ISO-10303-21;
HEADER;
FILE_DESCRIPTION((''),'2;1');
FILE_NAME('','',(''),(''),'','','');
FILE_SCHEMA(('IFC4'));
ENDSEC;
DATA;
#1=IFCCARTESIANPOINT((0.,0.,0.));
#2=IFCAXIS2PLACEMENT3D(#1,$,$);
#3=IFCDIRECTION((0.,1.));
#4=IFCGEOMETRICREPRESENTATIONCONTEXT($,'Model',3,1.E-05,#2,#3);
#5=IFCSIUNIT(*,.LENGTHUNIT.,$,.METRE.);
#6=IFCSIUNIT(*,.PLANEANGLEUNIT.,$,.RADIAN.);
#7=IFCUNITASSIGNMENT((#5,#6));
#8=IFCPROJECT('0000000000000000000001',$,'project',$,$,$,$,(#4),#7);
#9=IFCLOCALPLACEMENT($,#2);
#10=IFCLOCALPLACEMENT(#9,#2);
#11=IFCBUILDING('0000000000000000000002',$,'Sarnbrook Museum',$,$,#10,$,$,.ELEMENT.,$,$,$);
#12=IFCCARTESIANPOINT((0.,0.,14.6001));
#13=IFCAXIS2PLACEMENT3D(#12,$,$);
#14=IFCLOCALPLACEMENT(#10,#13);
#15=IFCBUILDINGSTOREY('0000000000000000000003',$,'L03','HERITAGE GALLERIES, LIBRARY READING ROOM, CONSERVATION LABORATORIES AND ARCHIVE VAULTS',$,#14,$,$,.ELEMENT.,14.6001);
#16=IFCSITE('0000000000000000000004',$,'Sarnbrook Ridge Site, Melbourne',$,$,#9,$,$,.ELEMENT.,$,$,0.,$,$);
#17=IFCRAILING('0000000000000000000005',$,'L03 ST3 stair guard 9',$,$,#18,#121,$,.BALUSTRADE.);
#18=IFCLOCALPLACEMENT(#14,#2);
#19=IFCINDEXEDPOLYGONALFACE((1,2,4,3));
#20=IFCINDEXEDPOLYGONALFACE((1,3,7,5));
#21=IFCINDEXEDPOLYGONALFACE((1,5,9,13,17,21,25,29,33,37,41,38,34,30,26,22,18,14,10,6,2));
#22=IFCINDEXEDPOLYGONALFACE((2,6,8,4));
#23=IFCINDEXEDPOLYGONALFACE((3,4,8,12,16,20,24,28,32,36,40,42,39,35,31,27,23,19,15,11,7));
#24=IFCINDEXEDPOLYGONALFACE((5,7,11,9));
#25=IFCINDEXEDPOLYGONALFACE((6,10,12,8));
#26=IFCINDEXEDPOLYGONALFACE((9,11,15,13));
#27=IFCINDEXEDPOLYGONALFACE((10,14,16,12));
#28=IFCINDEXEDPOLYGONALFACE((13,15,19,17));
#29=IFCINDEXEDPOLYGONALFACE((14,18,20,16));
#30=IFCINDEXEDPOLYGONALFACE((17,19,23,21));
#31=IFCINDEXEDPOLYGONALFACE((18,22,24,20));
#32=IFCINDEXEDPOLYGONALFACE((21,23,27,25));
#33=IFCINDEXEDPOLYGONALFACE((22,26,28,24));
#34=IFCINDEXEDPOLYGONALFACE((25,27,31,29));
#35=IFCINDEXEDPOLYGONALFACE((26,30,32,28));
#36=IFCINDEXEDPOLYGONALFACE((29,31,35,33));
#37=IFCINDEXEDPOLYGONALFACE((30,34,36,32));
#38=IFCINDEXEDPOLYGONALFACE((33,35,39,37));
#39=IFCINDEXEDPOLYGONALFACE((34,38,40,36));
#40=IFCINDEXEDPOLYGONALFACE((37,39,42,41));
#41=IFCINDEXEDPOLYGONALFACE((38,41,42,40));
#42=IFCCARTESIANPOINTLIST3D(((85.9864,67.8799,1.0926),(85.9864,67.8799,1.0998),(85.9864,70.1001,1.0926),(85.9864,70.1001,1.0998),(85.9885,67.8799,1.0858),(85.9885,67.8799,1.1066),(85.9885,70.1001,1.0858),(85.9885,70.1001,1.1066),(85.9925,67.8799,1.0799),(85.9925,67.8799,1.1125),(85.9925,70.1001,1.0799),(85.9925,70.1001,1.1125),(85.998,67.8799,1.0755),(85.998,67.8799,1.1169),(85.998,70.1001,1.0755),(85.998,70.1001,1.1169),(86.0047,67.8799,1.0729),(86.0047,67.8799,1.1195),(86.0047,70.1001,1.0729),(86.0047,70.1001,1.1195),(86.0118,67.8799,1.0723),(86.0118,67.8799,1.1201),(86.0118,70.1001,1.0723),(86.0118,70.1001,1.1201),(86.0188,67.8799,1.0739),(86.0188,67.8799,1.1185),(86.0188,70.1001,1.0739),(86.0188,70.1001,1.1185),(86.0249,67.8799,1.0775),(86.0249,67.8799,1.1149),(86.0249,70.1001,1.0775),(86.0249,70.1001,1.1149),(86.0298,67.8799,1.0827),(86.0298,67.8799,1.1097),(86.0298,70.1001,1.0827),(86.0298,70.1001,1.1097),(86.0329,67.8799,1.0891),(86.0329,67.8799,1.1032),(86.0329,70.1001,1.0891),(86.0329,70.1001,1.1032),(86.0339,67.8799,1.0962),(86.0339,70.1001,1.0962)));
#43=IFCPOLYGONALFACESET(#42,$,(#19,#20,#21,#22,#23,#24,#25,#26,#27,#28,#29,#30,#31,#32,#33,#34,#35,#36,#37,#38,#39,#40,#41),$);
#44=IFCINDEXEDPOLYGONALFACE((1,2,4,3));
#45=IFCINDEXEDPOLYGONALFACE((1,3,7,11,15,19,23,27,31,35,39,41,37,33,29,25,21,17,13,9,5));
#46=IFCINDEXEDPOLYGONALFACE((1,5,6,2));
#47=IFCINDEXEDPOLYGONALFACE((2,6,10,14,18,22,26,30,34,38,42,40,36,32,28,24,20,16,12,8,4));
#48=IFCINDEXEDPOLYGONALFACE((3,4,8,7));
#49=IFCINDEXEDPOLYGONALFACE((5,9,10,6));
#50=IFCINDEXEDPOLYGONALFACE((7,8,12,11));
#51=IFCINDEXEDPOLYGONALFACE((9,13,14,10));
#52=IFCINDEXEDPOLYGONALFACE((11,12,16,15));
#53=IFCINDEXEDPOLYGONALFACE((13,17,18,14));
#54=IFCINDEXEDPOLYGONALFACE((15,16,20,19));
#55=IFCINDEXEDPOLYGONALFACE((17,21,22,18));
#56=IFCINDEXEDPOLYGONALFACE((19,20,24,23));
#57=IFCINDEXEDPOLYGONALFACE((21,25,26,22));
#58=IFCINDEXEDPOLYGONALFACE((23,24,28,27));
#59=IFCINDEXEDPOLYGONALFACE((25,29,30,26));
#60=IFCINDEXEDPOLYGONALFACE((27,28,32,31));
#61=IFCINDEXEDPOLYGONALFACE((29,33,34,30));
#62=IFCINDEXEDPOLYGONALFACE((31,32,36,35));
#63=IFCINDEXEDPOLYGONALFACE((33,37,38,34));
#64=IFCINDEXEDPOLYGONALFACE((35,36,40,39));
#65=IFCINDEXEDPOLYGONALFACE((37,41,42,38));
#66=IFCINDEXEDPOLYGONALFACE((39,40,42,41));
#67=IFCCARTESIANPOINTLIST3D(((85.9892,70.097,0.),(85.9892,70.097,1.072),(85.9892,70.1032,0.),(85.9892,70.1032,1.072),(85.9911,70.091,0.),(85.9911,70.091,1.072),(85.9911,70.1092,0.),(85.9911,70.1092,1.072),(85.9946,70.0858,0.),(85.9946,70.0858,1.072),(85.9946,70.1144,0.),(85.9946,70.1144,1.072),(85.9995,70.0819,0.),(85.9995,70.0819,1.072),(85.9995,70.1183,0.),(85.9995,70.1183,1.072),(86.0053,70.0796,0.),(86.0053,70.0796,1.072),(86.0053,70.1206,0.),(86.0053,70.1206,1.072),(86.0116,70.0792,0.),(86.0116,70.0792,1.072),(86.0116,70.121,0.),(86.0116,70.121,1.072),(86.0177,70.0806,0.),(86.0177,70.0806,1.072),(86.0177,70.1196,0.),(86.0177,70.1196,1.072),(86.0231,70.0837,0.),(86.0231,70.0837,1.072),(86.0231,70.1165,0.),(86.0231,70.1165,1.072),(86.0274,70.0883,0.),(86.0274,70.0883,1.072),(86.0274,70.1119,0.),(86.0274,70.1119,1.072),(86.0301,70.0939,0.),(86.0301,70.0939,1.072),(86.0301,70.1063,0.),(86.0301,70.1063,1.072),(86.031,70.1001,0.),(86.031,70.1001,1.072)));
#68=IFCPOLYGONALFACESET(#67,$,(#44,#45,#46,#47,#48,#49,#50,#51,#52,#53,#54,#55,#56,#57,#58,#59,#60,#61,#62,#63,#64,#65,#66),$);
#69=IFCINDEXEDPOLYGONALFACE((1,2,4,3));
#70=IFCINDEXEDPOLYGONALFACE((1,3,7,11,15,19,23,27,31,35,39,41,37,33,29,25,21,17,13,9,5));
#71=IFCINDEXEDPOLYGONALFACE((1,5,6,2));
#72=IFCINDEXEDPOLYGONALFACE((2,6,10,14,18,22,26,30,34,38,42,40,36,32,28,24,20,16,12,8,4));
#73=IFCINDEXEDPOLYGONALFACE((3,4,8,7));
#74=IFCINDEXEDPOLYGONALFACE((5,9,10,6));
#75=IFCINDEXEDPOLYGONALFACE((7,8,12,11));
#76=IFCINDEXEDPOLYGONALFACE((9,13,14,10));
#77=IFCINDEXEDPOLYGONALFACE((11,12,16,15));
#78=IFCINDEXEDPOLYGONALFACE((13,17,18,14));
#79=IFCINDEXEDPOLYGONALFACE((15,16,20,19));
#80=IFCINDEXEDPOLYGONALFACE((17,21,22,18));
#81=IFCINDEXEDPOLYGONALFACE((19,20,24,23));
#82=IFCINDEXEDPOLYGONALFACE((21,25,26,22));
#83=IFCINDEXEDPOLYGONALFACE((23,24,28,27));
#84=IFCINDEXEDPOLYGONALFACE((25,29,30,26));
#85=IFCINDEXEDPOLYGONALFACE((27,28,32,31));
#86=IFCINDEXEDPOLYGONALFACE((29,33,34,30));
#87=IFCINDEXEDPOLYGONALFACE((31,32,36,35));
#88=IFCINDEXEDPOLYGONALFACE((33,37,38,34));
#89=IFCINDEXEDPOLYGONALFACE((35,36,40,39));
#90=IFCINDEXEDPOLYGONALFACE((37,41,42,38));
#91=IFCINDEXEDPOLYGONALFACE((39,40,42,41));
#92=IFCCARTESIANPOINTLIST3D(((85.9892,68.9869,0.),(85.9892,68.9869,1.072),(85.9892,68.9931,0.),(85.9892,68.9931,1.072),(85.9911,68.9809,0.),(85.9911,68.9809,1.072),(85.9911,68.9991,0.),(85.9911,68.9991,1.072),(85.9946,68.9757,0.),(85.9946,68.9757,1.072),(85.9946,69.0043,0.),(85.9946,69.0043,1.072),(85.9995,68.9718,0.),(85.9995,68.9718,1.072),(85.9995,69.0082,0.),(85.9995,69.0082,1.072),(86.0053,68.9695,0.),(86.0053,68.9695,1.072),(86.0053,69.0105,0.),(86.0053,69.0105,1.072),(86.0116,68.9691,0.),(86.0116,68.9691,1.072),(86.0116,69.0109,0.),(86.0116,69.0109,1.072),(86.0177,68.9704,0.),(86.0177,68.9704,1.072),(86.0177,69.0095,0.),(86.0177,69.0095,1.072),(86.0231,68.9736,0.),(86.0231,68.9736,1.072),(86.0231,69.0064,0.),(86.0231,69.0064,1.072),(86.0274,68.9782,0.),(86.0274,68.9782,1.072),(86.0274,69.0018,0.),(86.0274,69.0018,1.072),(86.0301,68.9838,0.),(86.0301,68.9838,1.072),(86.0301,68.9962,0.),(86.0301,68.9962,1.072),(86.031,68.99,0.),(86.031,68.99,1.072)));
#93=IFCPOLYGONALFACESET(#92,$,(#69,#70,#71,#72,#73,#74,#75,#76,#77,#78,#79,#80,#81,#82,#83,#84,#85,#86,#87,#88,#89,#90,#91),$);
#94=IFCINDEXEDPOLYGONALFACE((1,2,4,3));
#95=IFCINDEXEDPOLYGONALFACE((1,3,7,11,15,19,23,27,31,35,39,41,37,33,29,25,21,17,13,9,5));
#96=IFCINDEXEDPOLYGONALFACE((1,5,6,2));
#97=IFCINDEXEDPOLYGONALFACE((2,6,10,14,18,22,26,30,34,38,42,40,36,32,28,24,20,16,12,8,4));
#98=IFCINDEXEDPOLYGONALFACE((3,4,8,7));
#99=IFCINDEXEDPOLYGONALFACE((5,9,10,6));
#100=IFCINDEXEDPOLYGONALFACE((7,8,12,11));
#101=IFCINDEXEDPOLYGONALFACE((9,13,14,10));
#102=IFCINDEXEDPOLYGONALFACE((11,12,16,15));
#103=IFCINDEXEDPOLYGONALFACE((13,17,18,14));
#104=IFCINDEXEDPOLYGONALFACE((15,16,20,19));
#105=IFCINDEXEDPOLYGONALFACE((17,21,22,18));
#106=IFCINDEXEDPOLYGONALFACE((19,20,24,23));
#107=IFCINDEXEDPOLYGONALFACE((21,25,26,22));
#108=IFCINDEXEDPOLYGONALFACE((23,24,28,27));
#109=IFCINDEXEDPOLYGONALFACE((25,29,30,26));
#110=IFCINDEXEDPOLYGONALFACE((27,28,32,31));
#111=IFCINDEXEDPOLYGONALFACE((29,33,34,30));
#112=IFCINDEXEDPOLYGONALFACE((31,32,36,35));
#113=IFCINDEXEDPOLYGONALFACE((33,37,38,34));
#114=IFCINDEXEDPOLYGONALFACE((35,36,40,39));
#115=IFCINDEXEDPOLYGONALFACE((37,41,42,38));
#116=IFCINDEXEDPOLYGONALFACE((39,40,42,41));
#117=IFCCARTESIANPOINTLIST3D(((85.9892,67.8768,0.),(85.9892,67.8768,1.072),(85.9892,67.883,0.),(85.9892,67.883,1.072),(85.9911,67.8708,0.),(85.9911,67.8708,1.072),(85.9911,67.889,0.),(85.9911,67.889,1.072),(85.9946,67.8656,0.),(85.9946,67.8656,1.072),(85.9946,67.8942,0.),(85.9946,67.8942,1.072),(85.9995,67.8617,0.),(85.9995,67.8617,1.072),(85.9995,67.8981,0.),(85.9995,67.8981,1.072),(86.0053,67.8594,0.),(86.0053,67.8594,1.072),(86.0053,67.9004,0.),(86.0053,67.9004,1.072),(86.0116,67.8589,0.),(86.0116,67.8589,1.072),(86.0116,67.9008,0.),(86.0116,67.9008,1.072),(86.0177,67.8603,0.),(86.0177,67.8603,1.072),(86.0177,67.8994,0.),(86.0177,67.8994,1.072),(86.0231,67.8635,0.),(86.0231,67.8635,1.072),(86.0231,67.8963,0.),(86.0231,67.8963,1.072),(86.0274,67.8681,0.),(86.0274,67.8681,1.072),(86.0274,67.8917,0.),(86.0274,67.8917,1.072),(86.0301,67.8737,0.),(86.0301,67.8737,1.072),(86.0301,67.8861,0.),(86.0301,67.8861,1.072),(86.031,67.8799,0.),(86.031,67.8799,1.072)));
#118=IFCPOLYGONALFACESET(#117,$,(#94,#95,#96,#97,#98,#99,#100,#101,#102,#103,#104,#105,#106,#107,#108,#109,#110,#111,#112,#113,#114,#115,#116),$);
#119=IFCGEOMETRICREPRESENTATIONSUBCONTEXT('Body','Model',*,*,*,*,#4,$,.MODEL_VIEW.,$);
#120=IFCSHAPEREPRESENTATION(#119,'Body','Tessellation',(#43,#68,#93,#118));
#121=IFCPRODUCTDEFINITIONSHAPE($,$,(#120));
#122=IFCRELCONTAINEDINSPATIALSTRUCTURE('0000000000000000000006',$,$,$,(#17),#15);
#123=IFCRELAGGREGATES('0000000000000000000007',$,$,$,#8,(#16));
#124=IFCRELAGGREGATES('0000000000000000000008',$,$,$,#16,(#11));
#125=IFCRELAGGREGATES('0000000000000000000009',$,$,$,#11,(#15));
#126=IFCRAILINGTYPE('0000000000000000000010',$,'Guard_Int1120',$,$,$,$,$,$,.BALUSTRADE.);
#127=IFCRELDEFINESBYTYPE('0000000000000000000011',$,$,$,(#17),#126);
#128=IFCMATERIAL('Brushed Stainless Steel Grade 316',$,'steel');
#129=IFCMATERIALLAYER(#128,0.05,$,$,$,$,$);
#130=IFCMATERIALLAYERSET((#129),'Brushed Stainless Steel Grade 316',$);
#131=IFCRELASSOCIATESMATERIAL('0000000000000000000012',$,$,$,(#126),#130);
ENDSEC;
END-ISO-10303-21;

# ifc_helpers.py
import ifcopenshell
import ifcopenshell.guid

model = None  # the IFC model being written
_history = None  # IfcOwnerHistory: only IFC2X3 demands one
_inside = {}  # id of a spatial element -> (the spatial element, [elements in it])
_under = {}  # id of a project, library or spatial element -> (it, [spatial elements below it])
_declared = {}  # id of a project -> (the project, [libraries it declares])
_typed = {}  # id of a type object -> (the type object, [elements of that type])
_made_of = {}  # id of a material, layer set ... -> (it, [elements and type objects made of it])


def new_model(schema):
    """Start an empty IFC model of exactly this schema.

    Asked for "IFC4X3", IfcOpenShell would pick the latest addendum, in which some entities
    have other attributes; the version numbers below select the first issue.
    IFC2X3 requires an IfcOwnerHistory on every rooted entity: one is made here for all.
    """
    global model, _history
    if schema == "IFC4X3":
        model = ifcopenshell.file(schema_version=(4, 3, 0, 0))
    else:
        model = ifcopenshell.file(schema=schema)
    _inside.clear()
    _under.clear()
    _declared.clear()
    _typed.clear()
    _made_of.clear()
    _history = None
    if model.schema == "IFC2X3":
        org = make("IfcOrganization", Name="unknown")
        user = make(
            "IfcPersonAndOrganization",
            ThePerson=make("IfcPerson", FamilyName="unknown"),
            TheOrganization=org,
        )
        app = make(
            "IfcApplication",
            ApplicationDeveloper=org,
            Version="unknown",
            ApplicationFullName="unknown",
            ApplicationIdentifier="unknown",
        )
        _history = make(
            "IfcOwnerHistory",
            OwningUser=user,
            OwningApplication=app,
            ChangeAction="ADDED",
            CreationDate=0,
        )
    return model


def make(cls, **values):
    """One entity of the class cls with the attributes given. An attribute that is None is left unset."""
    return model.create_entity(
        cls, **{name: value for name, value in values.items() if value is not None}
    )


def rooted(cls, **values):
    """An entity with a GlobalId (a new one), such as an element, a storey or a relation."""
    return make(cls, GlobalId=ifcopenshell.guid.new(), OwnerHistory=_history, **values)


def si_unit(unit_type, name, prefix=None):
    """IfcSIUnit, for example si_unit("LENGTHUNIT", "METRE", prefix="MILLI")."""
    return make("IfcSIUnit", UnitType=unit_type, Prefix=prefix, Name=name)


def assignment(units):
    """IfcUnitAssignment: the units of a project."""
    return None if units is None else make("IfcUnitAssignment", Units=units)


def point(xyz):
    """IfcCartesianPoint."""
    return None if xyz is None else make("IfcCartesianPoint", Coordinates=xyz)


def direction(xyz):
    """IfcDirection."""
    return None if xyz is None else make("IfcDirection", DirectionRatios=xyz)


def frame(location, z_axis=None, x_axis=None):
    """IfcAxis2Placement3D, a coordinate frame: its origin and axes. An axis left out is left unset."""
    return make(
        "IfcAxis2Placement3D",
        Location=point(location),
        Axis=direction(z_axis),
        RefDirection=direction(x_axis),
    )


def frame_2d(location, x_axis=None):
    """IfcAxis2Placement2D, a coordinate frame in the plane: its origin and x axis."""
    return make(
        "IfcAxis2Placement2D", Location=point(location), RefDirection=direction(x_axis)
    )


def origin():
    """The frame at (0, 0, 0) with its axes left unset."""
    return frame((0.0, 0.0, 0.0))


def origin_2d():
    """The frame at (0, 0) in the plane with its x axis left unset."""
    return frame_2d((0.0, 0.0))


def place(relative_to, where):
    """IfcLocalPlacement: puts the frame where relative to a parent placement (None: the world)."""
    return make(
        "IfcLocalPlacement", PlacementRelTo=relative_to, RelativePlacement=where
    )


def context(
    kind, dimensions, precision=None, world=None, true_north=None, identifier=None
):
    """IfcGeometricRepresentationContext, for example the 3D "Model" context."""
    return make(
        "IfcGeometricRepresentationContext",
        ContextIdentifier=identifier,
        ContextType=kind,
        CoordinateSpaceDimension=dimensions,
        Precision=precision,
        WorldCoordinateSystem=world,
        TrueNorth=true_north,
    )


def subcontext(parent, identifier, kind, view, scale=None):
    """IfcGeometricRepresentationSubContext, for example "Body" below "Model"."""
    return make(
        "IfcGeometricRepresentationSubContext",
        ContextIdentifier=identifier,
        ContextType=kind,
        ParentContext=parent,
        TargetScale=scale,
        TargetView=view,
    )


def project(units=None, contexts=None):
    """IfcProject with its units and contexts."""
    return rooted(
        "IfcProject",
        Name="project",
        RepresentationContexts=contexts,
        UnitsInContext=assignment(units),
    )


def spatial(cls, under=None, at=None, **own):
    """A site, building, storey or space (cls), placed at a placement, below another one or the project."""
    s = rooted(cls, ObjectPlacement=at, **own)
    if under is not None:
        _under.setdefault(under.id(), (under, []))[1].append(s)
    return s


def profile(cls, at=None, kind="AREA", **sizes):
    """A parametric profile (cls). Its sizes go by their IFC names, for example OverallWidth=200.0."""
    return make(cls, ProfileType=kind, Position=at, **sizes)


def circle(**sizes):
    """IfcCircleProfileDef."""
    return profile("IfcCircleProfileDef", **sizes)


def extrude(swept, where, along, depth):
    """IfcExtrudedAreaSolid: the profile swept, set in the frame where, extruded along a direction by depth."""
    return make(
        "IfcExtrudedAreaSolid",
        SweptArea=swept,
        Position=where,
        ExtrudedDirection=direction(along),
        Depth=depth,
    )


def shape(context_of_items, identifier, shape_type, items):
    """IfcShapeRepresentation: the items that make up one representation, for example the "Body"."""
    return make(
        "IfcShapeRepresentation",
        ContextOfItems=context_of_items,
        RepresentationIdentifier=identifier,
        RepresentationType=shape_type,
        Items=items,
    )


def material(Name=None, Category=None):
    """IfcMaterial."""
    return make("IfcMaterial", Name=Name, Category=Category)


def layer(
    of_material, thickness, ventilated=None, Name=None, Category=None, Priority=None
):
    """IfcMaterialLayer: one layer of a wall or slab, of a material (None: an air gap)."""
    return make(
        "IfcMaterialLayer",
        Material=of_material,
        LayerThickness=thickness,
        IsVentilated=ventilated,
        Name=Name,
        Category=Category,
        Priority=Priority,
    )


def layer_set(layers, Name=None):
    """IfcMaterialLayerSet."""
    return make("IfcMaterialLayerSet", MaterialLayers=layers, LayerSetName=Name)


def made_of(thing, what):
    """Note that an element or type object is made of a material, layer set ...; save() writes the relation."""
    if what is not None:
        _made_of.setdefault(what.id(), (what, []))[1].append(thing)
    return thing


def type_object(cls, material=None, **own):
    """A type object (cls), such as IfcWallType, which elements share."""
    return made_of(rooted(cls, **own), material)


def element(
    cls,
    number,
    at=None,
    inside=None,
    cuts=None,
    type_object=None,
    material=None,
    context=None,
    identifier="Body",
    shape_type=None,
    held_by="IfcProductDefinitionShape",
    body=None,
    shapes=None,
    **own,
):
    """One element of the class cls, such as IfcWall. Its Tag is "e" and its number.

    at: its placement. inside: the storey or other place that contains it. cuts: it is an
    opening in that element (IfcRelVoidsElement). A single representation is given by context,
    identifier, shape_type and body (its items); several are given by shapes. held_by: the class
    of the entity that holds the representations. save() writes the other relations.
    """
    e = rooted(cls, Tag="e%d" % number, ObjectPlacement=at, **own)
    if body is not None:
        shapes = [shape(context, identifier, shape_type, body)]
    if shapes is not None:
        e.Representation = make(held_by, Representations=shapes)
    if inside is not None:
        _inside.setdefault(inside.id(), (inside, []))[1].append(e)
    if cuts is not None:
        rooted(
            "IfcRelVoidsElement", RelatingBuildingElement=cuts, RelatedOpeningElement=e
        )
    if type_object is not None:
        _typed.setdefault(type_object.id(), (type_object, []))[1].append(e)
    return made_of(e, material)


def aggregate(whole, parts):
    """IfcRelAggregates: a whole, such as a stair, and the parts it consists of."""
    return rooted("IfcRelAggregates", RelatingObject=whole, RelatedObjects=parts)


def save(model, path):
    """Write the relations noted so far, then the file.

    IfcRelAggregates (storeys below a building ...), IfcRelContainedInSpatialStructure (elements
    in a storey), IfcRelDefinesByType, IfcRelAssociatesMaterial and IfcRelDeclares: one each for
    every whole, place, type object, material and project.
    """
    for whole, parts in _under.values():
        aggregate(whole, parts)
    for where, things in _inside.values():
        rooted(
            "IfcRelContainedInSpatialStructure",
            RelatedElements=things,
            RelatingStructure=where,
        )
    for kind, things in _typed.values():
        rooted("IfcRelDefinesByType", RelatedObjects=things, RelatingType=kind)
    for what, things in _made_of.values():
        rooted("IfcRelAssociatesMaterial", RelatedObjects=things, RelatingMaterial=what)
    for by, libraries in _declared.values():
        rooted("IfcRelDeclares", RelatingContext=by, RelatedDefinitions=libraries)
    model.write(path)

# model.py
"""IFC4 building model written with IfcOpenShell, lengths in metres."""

from ifc_helpers import new_model, si_unit, direction, frame, origin, origin_2d, place, context, subcontext, project, spatial, circle, extrude, material, layer, layer_set, type_object, element, save


model = new_model("IFC4")

# Units and contexts
model_context = context("Model", 3, precision=1e-05, world=origin(), true_north=direction((0.0, 1.0)))
body_context = subcontext(model_context, "Body", "Model", "MODEL_VIEW")
ifc_project = project(units=[si_unit("LENGTHUNIT", "METRE"), si_unit("PLANEANGLEUNIT", "RADIAN")], contexts=[model_context])

# Site, building, storey
site_placement = place(None, origin())
site = spatial("IfcSite", under=ifc_project, at=site_placement, Name="Sarnbrook Ridge Site, Melbourne", CompositionType="ELEMENT", RefElevation=0.0)
building_placement = place(site_placement, origin())
building = spatial("IfcBuilding", under=site, at=building_placement, Name="Sarnbrook Museum", CompositionType="ELEMENT")
storey_placement = place(building_placement, frame((0.0, 0.0, 14.6001)))
storey = spatial("IfcBuildingStorey", under=building, at=storey_placement, Name="L03", Description="HERITAGE GALLERIES, LIBRARY READING ROOM, CONSERVATION LABORATORIES AND ARCHIVE VAULTS", CompositionType="ELEMENT", Elevation=14.6001)

# Shared definitions
ifc_material_1 = material(Name="Brushed Stainless Steel Grade 316", Category="steel")

# Railing
ifc_layer_1 = layer(ifc_material_1, 0.05)
ifc_layer_set_1 = layer_set([ifc_layer_1], Name="Brushed Stainless Steel Grade 316")
railing_type = type_object("IfcRailingType", Name="Guard_Int1120", PredefinedType="BALUSTRADE", material=ifc_layer_set_1)
for number, where, name in (
    (1, (86.01, 70.1001, 0.0), "L03 ST3 stair guard 9"),
):
    element("IfcRailing", number, at=place(storey_placement, frame(where)), inside=storey, type_object=railing_type, Name=name, PredefinedType="BALUSTRADE", context=body_context, shape_type="SweptSolid", body=[
        extrude(circle(Radius=0.0239, at=origin_2d()), frame((0.0, 0.0, 1.0962), z_axis=(0.0, -1.0, 0.0), x_axis=(1.0, 0.0, 0.0)), (0.0, 0.0, 1.0), 2.2202),
        extrude(circle(Radius=0.021, at=origin_2d()), origin(), (0.0, 0.0, 1.0), 1.072),
        extrude(circle(Radius=0.021, at=origin_2d()), frame((0.0, -1.1101, 0.0)), (0.0, 0.0, 1.0), 1.072),
        extrude(circle(Radius=0.021, at=origin_2d()), frame((0.0, -2.2202, 0.0)), (0.0, 0.0, 1.0), 1.072),
    ])

save(model, "model.ifc")
